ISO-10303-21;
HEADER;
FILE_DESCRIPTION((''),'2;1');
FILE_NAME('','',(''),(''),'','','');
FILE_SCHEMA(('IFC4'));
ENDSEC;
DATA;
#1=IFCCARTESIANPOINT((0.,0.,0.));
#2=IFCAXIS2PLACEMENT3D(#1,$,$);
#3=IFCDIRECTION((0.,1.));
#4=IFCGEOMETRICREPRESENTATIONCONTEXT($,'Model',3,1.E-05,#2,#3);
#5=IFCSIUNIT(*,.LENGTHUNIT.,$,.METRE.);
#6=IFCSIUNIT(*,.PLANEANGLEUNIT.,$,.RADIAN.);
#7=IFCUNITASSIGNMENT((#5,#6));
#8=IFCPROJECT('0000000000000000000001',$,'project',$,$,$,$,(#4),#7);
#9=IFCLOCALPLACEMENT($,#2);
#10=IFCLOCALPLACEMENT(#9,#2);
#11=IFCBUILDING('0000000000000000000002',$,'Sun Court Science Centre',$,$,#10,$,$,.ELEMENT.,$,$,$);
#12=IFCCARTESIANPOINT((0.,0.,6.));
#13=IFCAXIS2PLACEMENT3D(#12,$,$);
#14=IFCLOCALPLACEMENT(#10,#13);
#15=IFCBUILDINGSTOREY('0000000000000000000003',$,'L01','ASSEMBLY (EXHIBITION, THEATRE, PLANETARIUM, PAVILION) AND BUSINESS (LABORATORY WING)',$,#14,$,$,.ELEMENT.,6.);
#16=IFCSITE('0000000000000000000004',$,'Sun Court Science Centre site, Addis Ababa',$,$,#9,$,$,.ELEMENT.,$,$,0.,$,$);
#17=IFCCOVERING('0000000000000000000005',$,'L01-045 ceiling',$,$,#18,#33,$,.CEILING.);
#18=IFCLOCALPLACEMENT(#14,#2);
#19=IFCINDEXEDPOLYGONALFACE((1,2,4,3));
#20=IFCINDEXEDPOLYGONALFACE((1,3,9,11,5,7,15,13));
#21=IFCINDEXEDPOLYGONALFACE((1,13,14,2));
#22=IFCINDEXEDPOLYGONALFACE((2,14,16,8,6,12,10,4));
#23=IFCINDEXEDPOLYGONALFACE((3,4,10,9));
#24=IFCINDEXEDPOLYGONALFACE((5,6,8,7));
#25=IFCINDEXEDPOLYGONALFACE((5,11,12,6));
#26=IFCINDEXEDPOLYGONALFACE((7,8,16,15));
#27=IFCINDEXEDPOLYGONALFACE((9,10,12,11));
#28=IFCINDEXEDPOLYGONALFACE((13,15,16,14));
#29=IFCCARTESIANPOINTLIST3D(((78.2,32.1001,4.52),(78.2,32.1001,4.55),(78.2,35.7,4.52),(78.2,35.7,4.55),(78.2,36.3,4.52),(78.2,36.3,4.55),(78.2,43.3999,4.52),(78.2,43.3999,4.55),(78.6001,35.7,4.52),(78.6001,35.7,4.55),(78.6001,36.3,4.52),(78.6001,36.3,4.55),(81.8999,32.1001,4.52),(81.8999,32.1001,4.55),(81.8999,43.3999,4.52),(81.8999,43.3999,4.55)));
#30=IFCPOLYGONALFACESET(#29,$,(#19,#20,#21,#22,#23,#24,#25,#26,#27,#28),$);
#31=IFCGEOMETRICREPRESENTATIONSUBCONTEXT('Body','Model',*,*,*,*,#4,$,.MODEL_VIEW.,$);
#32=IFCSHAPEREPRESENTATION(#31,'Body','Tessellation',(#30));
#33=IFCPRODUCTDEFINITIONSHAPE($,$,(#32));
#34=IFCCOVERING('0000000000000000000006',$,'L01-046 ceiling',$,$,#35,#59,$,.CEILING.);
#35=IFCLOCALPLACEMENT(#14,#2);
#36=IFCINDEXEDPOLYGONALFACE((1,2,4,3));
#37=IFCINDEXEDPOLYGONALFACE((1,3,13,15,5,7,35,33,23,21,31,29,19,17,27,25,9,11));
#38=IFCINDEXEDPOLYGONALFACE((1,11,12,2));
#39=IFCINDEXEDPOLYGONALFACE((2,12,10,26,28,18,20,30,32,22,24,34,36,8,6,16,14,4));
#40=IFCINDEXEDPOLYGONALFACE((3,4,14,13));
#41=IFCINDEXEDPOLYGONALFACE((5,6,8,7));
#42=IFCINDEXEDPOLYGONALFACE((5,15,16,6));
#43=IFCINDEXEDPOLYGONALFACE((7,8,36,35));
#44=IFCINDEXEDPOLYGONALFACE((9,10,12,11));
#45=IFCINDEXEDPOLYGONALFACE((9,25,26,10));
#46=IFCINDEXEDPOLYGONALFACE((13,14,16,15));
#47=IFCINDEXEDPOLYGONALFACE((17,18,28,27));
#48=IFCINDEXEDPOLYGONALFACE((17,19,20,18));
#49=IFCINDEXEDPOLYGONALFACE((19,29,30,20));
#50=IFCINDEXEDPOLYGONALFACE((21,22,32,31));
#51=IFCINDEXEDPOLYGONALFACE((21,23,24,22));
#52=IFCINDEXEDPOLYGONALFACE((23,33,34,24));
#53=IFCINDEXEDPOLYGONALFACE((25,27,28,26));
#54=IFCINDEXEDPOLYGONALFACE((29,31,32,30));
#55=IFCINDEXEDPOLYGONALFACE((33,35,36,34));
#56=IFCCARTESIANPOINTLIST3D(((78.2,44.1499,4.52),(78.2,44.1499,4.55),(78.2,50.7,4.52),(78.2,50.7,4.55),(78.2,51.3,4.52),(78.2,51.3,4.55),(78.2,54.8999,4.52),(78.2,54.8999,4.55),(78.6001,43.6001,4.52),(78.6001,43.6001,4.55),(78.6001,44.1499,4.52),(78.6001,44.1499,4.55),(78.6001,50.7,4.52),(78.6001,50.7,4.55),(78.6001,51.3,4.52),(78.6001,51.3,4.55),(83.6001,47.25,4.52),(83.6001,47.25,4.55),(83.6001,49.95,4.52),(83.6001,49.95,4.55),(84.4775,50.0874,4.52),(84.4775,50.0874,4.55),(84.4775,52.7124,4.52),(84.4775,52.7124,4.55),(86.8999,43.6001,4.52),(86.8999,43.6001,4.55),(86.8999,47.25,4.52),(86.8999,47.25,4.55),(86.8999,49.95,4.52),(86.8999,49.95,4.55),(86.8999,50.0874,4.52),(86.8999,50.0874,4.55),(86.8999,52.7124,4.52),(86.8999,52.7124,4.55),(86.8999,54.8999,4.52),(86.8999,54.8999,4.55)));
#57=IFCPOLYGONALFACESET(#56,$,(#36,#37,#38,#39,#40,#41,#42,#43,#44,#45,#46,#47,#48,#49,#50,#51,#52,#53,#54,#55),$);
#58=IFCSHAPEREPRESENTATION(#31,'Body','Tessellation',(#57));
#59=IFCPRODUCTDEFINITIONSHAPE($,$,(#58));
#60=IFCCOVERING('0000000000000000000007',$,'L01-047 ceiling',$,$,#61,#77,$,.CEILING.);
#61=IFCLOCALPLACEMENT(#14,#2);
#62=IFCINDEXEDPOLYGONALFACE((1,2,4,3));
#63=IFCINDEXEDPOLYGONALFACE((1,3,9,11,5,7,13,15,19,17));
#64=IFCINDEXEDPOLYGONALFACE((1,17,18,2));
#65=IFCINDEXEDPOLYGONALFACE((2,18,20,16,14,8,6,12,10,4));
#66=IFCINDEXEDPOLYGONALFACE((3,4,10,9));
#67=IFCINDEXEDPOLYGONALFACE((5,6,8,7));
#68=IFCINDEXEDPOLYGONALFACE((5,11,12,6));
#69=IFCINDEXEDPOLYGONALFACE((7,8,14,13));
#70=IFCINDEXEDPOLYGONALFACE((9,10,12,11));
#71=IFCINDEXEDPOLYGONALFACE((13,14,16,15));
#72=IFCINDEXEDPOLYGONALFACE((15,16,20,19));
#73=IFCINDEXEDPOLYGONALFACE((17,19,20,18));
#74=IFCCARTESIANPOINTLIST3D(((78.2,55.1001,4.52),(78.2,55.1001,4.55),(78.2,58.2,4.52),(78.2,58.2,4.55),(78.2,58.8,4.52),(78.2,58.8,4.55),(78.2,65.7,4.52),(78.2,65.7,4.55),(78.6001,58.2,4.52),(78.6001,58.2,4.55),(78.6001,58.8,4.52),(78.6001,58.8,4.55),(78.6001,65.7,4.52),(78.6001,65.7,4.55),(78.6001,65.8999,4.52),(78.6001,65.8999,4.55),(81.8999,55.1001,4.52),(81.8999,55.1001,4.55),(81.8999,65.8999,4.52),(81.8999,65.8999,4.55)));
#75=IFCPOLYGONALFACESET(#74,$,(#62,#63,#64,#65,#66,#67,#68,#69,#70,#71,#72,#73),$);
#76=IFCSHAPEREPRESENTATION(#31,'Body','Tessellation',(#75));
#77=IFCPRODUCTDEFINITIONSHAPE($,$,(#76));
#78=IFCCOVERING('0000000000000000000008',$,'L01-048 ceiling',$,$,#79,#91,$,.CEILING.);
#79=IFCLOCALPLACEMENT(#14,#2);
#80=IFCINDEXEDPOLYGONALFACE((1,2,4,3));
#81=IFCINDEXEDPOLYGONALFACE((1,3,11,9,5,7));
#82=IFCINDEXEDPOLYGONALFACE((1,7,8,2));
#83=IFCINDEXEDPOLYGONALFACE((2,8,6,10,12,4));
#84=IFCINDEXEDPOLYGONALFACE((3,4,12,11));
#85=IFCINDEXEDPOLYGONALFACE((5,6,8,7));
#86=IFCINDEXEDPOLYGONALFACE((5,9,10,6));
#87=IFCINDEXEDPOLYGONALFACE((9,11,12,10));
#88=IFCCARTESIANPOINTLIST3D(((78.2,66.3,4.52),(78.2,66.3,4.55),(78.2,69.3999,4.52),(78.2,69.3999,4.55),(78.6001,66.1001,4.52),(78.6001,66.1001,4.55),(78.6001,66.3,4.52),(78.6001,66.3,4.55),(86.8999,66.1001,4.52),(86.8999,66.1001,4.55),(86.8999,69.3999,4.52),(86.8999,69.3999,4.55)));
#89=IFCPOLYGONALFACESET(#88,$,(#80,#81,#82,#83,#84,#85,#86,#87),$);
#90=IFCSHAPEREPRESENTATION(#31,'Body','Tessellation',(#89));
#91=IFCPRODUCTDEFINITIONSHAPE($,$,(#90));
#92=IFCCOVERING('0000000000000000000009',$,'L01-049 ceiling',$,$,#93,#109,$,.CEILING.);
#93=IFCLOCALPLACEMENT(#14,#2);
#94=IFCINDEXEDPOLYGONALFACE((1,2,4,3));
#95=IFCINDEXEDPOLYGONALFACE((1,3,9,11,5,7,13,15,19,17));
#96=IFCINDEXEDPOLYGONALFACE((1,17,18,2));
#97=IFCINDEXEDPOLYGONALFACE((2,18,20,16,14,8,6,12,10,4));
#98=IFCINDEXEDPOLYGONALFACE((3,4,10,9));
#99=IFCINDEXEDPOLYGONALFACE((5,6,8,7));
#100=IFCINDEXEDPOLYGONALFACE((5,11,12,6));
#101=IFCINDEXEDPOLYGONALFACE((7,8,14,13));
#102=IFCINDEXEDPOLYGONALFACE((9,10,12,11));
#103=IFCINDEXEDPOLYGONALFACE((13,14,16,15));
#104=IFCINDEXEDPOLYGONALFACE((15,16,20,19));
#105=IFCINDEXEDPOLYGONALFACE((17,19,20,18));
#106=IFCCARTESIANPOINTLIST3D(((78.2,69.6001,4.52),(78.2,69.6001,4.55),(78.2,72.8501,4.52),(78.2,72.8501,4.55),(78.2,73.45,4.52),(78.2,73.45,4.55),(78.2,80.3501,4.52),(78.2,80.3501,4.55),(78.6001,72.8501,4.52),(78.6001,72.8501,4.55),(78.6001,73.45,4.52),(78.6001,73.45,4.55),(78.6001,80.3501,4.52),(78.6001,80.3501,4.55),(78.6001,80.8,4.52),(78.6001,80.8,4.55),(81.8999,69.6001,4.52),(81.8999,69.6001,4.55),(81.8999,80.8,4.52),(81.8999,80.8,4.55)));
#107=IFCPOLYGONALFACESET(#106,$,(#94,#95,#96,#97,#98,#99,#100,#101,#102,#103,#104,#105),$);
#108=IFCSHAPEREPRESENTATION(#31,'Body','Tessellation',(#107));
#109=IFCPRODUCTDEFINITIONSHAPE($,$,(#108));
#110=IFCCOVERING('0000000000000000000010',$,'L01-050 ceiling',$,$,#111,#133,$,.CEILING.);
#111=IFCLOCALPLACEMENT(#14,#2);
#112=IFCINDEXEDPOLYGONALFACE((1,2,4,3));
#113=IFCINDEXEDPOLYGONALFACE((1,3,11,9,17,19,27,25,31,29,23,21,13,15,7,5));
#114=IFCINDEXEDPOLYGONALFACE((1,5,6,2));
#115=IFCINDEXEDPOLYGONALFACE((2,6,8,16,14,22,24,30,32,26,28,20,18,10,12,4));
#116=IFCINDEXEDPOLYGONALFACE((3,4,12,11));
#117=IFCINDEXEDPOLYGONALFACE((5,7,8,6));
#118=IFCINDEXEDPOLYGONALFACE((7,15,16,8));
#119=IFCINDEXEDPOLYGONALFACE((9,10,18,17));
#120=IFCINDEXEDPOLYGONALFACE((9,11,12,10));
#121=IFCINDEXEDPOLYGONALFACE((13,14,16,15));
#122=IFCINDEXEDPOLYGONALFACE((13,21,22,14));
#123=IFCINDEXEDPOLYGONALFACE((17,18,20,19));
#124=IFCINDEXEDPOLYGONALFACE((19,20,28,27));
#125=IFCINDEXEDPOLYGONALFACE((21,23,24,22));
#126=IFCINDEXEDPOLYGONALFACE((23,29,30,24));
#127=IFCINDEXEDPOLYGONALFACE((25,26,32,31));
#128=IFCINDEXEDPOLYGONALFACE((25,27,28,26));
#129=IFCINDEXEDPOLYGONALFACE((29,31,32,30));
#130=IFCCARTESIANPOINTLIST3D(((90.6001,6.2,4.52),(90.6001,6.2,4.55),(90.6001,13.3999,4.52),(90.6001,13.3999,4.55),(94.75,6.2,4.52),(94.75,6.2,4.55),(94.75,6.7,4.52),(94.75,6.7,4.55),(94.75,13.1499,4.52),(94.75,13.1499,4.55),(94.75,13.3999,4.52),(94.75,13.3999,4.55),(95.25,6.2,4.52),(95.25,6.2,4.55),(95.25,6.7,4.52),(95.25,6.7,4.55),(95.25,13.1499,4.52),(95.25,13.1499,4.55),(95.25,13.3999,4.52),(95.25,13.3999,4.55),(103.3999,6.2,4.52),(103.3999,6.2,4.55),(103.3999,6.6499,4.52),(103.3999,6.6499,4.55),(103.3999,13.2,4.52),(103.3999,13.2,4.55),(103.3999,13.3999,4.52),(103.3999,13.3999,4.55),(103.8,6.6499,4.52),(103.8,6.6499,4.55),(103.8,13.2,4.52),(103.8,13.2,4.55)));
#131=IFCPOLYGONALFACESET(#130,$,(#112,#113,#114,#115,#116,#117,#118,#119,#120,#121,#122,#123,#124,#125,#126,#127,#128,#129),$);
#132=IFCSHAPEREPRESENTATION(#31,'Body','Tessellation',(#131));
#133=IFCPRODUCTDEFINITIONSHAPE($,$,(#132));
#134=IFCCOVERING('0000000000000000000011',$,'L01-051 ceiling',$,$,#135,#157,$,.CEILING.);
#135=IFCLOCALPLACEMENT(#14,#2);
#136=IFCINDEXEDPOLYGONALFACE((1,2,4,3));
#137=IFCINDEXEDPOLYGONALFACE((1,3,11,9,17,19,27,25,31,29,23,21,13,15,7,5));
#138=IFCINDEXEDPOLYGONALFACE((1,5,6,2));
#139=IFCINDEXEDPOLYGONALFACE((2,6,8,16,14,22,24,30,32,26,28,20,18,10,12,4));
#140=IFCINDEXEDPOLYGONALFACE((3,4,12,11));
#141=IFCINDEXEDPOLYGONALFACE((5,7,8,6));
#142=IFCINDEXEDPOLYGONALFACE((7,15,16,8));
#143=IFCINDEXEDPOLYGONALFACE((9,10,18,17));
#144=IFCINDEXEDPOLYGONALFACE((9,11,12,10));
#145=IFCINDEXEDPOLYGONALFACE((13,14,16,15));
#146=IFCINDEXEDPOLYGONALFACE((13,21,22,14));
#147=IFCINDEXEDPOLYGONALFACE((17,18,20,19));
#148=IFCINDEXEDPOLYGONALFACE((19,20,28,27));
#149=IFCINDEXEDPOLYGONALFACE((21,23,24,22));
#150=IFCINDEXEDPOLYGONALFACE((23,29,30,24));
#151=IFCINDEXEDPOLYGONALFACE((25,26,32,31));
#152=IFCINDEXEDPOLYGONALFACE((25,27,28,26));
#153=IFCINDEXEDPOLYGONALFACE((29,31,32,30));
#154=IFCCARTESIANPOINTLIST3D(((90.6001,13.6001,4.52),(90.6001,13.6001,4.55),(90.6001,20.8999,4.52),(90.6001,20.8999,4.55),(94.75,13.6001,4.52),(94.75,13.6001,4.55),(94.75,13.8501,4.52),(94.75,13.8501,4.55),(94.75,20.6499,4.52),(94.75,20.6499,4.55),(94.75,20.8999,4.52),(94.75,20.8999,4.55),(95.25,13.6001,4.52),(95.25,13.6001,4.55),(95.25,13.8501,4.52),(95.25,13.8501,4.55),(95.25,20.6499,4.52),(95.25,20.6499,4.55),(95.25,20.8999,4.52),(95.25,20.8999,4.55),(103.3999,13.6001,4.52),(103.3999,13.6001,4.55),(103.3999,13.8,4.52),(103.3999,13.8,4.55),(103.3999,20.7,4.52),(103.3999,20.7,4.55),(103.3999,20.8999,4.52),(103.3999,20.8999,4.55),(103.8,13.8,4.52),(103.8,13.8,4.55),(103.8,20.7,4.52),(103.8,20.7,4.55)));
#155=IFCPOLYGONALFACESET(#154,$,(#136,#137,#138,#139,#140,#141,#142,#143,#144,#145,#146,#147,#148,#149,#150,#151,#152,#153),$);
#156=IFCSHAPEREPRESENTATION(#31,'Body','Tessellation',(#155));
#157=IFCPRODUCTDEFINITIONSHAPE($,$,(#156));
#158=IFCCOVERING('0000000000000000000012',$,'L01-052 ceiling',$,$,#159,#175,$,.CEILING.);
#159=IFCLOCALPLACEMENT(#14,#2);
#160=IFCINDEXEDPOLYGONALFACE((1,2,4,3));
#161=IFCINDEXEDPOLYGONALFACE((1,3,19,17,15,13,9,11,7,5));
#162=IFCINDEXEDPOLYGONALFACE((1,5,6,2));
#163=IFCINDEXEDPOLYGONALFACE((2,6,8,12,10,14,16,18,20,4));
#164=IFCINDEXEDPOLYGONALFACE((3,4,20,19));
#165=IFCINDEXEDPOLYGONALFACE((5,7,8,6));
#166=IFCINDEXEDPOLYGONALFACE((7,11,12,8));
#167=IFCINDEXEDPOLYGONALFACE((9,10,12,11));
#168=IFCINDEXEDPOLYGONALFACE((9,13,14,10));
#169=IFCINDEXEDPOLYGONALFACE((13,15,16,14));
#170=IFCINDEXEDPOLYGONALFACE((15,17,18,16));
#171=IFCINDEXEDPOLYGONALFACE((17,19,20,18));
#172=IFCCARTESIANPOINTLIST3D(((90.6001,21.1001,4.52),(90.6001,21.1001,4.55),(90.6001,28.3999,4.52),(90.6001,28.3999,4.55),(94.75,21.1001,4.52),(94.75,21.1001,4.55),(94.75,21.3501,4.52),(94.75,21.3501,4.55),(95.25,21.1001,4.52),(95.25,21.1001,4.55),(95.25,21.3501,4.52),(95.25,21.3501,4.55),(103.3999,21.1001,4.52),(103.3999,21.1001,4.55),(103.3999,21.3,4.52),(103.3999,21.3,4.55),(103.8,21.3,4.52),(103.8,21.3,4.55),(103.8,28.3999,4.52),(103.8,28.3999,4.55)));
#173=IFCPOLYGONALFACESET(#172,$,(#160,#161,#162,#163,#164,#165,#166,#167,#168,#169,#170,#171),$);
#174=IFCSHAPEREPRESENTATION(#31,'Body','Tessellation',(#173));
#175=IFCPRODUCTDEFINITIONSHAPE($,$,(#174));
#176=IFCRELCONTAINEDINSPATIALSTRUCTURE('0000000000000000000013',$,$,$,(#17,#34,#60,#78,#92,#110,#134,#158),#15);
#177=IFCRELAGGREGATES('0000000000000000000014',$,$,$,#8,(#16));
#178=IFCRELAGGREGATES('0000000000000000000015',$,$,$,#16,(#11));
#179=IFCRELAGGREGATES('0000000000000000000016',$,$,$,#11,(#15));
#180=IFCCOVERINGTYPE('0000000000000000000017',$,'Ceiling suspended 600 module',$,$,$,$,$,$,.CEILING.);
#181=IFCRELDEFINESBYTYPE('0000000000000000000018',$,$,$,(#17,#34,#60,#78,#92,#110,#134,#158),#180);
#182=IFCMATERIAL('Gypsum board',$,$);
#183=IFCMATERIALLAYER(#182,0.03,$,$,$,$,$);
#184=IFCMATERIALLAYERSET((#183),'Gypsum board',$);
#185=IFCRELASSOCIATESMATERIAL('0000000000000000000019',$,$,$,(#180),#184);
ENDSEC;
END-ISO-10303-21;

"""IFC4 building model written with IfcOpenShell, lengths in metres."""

from ifc_helpers import new_model, si_unit, direction, frame, origin, place, context, subcontext, project, spatial, polyline, outline, extrude, material, layer, layer_set, type_object, element, save


model = new_model("IFC4")

# Units and contexts
model_context = context("Model", 3, precision=1e-05, world=origin(), true_north=direction((0.0, 1.0)))
body_context = subcontext(model_context, "Body", "Model", "MODEL_VIEW")
ifc_project = project(units=[si_unit("LENGTHUNIT", "METRE"), si_unit("PLANEANGLEUNIT", "RADIAN")], contexts=[model_context])

# Site, building, storey
site_placement = place(None, origin())
site = spatial("IfcSite", under=ifc_project, at=site_placement, Name="Sun Court Science Centre site, Addis Ababa", CompositionType="ELEMENT", RefElevation=0.0)
building_placement = place(site_placement, origin())
building = spatial("IfcBuilding", under=site, at=building_placement, Name="Sun Court Science Centre", CompositionType="ELEMENT")
storey_placement = place(building_placement, frame((0.0, 0.0, 6.0)))
storey = spatial("IfcBuildingStorey", under=building, at=storey_placement, Name="L01", Description="ASSEMBLY (EXHIBITION, THEATRE, PLANETARIUM, PAVILION) AND BUSINESS (LABORATORY WING)", CompositionType="ELEMENT", Elevation=6.0)

# Coverings
ifc_material_1 = material(Name="Gypsum board")
ifc_layer_1 = layer(ifc_material_1, 0.03)
ifc_layer_set_1 = layer_set([ifc_layer_1], Name="Gypsum board")
covering_type_1 = type_object("IfcCoveringType", Name="Ceiling suspended 600 module", PredefinedType="CEILING", material=ifc_layer_set_1)
covering_1_placement = place(storey_placement, frame((0.0, 0.0, 4.52)))
element("IfcCovering", 1, at=covering_1_placement, inside=storey, type_object=covering_type_1, Name="L01-045 ceiling", PredefinedType="CEILING", context=body_context, shape_type="SweptSolid", body=[
    extrude(outline(polyline([(78.2, 43.3999), (81.8999, 43.3999), (81.8999, 32.1001), (78.2, 32.1001), (78.2, 35.7), (78.6001, 35.7), (78.6001, 36.3), (78.2, 36.3), (78.2, 43.3999)])), origin(), (0.0, 0.0, 1.0), 0.03),
])
covering_2_placement = place(storey_placement, frame((0.0, 0.0, 4.52)))
element("IfcCovering", 2, at=covering_2_placement, inside=storey, type_object=covering_type_1, Name="L01-046 ceiling", PredefinedType="CEILING", context=body_context, shape_type="SweptSolid", body=[
    extrude(outline(polyline([(78.2, 54.8999), (86.8999, 54.8999), (86.8999, 52.7124), (84.4775, 52.7124), (84.4775, 50.0874), (86.8999, 50.0874), (86.8999, 49.95), (83.6001, 49.95), (83.6001, 47.25), (86.8999, 47.25), (86.8999, 43.6001), (78.6001, 43.6001), (78.6001, 44.1499), (78.2, 44.1499), (78.2, 50.7), (78.6001, 50.7), (78.6001, 51.3), (78.2, 51.3), (78.2, 54.8999)])), origin(), (0.0, 0.0, 1.0), 0.03),
])
covering_3_placement = place(storey_placement, frame((0.0, 0.0, 4.52)))
element("IfcCovering", 3, at=covering_3_placement, inside=storey, type_object=covering_type_1, Name="L01-047 ceiling", PredefinedType="CEILING", context=body_context, shape_type="SweptSolid", body=[
    extrude(outline(polyline([(78.6001, 65.8999), (81.8999, 65.8999), (81.8999, 55.1001), (78.2, 55.1001), (78.2, 58.2), (78.6001, 58.2), (78.6001, 58.8), (78.2, 58.8), (78.2, 65.7), (78.6001, 65.7), (78.6001, 65.8999)])), origin(), (0.0, 0.0, 1.0), 0.03),
])
covering_4_placement = place(storey_placement, frame((0.0, 0.0, 4.52)))
element("IfcCovering", 4, at=covering_4_placement, inside=storey, type_object=covering_type_1, Name="L01-048 ceiling", PredefinedType="CEILING", context=body_context, shape_type="SweptSolid", body=[
    extrude(outline(polyline([(78.2, 69.3999), (86.8999, 69.3999), (86.8999, 66.1001), (78.6001, 66.1001), (78.6001, 66.3), (78.2, 66.3), (78.2, 69.3999)])), origin(), (0.0, 0.0, 1.0), 0.03),
])
covering_5_placement = place(storey_placement, frame((0.0, 0.0, 4.52)))
element("IfcCovering", 5, at=covering_5_placement, inside=storey, type_object=covering_type_1, Name="L01-049 ceiling", PredefinedType="CEILING", context=body_context, shape_type="SweptSolid", body=[
    extrude(outline(polyline([(78.6001, 80.8), (81.8999, 80.8), (81.8999, 69.6001), (78.2, 69.6001), (78.2, 72.8501), (78.6001, 72.8501), (78.6001, 73.45), (78.2, 73.45), (78.2, 80.3501), (78.6001, 80.3501), (78.6001, 80.8)])), origin(), (0.0, 0.0, 1.0), 0.03),
])
covering_6_placement = place(storey_placement, frame((0.0, 0.0, 4.52)))
element("IfcCovering", 6, at=covering_6_placement, inside=storey, type_object=covering_type_1, Name="L01-050 ceiling", PredefinedType="CEILING", context=body_context, shape_type="SweptSolid", body=[
    extrude(outline(polyline([(103.3999, 6.2), (95.25, 6.2), (95.25, 6.7), (94.75, 6.7), (94.75, 6.2), (90.6001, 6.2), (90.6001, 13.3999), (94.75, 13.3999), (94.75, 13.1499), (95.25, 13.1499), (95.25, 13.3999), (103.3999, 13.3999), (103.3999, 13.2), (103.8, 13.2), (103.8, 6.6499), (103.3999, 6.6499), (103.3999, 6.2)])), origin(), (0.0, 0.0, 1.0), 0.03),
])
covering_7_placement = place(storey_placement, frame((0.0, 0.0, 4.52)))
element("IfcCovering", 7, at=covering_7_placement, inside=storey, type_object=covering_type_1, Name="L01-051 ceiling", PredefinedType="CEILING", context=body_context, shape_type="SweptSolid", body=[
    extrude(outline(polyline([(103.3999, 13.6001), (95.25, 13.6001), (95.25, 13.8501), (94.75, 13.8501), (94.75, 13.6001), (90.6001, 13.6001), (90.6001, 20.8999), (94.75, 20.8999), (94.75, 20.6499), (95.25, 20.6499), (95.25, 20.8999), (103.3999, 20.8999), (103.3999, 20.7), (103.8, 20.7), (103.8, 13.8), (103.3999, 13.8), (103.3999, 13.6001)])), origin(), (0.0, 0.0, 1.0), 0.03),
])
covering_8_placement = place(storey_placement, frame((0.0, 0.0, 4.52)))
element("IfcCovering", 8, at=covering_8_placement, inside=storey, type_object=covering_type_1, Name="L01-052 ceiling", PredefinedType="CEILING", context=body_context, shape_type="SweptSolid", body=[
    extrude(outline(polyline([(103.3999, 21.1001), (95.25, 21.1001), (95.25, 21.3501), (94.75, 21.3501), (94.75, 21.1001), (90.6001, 21.1001), (90.6001, 28.3999), (103.8, 28.3999), (103.8, 21.3), (103.3999, 21.3), (103.3999, 21.1001)])), origin(), (0.0, 0.0, 1.0), 0.03),
])

save(model, "model.ifc")
